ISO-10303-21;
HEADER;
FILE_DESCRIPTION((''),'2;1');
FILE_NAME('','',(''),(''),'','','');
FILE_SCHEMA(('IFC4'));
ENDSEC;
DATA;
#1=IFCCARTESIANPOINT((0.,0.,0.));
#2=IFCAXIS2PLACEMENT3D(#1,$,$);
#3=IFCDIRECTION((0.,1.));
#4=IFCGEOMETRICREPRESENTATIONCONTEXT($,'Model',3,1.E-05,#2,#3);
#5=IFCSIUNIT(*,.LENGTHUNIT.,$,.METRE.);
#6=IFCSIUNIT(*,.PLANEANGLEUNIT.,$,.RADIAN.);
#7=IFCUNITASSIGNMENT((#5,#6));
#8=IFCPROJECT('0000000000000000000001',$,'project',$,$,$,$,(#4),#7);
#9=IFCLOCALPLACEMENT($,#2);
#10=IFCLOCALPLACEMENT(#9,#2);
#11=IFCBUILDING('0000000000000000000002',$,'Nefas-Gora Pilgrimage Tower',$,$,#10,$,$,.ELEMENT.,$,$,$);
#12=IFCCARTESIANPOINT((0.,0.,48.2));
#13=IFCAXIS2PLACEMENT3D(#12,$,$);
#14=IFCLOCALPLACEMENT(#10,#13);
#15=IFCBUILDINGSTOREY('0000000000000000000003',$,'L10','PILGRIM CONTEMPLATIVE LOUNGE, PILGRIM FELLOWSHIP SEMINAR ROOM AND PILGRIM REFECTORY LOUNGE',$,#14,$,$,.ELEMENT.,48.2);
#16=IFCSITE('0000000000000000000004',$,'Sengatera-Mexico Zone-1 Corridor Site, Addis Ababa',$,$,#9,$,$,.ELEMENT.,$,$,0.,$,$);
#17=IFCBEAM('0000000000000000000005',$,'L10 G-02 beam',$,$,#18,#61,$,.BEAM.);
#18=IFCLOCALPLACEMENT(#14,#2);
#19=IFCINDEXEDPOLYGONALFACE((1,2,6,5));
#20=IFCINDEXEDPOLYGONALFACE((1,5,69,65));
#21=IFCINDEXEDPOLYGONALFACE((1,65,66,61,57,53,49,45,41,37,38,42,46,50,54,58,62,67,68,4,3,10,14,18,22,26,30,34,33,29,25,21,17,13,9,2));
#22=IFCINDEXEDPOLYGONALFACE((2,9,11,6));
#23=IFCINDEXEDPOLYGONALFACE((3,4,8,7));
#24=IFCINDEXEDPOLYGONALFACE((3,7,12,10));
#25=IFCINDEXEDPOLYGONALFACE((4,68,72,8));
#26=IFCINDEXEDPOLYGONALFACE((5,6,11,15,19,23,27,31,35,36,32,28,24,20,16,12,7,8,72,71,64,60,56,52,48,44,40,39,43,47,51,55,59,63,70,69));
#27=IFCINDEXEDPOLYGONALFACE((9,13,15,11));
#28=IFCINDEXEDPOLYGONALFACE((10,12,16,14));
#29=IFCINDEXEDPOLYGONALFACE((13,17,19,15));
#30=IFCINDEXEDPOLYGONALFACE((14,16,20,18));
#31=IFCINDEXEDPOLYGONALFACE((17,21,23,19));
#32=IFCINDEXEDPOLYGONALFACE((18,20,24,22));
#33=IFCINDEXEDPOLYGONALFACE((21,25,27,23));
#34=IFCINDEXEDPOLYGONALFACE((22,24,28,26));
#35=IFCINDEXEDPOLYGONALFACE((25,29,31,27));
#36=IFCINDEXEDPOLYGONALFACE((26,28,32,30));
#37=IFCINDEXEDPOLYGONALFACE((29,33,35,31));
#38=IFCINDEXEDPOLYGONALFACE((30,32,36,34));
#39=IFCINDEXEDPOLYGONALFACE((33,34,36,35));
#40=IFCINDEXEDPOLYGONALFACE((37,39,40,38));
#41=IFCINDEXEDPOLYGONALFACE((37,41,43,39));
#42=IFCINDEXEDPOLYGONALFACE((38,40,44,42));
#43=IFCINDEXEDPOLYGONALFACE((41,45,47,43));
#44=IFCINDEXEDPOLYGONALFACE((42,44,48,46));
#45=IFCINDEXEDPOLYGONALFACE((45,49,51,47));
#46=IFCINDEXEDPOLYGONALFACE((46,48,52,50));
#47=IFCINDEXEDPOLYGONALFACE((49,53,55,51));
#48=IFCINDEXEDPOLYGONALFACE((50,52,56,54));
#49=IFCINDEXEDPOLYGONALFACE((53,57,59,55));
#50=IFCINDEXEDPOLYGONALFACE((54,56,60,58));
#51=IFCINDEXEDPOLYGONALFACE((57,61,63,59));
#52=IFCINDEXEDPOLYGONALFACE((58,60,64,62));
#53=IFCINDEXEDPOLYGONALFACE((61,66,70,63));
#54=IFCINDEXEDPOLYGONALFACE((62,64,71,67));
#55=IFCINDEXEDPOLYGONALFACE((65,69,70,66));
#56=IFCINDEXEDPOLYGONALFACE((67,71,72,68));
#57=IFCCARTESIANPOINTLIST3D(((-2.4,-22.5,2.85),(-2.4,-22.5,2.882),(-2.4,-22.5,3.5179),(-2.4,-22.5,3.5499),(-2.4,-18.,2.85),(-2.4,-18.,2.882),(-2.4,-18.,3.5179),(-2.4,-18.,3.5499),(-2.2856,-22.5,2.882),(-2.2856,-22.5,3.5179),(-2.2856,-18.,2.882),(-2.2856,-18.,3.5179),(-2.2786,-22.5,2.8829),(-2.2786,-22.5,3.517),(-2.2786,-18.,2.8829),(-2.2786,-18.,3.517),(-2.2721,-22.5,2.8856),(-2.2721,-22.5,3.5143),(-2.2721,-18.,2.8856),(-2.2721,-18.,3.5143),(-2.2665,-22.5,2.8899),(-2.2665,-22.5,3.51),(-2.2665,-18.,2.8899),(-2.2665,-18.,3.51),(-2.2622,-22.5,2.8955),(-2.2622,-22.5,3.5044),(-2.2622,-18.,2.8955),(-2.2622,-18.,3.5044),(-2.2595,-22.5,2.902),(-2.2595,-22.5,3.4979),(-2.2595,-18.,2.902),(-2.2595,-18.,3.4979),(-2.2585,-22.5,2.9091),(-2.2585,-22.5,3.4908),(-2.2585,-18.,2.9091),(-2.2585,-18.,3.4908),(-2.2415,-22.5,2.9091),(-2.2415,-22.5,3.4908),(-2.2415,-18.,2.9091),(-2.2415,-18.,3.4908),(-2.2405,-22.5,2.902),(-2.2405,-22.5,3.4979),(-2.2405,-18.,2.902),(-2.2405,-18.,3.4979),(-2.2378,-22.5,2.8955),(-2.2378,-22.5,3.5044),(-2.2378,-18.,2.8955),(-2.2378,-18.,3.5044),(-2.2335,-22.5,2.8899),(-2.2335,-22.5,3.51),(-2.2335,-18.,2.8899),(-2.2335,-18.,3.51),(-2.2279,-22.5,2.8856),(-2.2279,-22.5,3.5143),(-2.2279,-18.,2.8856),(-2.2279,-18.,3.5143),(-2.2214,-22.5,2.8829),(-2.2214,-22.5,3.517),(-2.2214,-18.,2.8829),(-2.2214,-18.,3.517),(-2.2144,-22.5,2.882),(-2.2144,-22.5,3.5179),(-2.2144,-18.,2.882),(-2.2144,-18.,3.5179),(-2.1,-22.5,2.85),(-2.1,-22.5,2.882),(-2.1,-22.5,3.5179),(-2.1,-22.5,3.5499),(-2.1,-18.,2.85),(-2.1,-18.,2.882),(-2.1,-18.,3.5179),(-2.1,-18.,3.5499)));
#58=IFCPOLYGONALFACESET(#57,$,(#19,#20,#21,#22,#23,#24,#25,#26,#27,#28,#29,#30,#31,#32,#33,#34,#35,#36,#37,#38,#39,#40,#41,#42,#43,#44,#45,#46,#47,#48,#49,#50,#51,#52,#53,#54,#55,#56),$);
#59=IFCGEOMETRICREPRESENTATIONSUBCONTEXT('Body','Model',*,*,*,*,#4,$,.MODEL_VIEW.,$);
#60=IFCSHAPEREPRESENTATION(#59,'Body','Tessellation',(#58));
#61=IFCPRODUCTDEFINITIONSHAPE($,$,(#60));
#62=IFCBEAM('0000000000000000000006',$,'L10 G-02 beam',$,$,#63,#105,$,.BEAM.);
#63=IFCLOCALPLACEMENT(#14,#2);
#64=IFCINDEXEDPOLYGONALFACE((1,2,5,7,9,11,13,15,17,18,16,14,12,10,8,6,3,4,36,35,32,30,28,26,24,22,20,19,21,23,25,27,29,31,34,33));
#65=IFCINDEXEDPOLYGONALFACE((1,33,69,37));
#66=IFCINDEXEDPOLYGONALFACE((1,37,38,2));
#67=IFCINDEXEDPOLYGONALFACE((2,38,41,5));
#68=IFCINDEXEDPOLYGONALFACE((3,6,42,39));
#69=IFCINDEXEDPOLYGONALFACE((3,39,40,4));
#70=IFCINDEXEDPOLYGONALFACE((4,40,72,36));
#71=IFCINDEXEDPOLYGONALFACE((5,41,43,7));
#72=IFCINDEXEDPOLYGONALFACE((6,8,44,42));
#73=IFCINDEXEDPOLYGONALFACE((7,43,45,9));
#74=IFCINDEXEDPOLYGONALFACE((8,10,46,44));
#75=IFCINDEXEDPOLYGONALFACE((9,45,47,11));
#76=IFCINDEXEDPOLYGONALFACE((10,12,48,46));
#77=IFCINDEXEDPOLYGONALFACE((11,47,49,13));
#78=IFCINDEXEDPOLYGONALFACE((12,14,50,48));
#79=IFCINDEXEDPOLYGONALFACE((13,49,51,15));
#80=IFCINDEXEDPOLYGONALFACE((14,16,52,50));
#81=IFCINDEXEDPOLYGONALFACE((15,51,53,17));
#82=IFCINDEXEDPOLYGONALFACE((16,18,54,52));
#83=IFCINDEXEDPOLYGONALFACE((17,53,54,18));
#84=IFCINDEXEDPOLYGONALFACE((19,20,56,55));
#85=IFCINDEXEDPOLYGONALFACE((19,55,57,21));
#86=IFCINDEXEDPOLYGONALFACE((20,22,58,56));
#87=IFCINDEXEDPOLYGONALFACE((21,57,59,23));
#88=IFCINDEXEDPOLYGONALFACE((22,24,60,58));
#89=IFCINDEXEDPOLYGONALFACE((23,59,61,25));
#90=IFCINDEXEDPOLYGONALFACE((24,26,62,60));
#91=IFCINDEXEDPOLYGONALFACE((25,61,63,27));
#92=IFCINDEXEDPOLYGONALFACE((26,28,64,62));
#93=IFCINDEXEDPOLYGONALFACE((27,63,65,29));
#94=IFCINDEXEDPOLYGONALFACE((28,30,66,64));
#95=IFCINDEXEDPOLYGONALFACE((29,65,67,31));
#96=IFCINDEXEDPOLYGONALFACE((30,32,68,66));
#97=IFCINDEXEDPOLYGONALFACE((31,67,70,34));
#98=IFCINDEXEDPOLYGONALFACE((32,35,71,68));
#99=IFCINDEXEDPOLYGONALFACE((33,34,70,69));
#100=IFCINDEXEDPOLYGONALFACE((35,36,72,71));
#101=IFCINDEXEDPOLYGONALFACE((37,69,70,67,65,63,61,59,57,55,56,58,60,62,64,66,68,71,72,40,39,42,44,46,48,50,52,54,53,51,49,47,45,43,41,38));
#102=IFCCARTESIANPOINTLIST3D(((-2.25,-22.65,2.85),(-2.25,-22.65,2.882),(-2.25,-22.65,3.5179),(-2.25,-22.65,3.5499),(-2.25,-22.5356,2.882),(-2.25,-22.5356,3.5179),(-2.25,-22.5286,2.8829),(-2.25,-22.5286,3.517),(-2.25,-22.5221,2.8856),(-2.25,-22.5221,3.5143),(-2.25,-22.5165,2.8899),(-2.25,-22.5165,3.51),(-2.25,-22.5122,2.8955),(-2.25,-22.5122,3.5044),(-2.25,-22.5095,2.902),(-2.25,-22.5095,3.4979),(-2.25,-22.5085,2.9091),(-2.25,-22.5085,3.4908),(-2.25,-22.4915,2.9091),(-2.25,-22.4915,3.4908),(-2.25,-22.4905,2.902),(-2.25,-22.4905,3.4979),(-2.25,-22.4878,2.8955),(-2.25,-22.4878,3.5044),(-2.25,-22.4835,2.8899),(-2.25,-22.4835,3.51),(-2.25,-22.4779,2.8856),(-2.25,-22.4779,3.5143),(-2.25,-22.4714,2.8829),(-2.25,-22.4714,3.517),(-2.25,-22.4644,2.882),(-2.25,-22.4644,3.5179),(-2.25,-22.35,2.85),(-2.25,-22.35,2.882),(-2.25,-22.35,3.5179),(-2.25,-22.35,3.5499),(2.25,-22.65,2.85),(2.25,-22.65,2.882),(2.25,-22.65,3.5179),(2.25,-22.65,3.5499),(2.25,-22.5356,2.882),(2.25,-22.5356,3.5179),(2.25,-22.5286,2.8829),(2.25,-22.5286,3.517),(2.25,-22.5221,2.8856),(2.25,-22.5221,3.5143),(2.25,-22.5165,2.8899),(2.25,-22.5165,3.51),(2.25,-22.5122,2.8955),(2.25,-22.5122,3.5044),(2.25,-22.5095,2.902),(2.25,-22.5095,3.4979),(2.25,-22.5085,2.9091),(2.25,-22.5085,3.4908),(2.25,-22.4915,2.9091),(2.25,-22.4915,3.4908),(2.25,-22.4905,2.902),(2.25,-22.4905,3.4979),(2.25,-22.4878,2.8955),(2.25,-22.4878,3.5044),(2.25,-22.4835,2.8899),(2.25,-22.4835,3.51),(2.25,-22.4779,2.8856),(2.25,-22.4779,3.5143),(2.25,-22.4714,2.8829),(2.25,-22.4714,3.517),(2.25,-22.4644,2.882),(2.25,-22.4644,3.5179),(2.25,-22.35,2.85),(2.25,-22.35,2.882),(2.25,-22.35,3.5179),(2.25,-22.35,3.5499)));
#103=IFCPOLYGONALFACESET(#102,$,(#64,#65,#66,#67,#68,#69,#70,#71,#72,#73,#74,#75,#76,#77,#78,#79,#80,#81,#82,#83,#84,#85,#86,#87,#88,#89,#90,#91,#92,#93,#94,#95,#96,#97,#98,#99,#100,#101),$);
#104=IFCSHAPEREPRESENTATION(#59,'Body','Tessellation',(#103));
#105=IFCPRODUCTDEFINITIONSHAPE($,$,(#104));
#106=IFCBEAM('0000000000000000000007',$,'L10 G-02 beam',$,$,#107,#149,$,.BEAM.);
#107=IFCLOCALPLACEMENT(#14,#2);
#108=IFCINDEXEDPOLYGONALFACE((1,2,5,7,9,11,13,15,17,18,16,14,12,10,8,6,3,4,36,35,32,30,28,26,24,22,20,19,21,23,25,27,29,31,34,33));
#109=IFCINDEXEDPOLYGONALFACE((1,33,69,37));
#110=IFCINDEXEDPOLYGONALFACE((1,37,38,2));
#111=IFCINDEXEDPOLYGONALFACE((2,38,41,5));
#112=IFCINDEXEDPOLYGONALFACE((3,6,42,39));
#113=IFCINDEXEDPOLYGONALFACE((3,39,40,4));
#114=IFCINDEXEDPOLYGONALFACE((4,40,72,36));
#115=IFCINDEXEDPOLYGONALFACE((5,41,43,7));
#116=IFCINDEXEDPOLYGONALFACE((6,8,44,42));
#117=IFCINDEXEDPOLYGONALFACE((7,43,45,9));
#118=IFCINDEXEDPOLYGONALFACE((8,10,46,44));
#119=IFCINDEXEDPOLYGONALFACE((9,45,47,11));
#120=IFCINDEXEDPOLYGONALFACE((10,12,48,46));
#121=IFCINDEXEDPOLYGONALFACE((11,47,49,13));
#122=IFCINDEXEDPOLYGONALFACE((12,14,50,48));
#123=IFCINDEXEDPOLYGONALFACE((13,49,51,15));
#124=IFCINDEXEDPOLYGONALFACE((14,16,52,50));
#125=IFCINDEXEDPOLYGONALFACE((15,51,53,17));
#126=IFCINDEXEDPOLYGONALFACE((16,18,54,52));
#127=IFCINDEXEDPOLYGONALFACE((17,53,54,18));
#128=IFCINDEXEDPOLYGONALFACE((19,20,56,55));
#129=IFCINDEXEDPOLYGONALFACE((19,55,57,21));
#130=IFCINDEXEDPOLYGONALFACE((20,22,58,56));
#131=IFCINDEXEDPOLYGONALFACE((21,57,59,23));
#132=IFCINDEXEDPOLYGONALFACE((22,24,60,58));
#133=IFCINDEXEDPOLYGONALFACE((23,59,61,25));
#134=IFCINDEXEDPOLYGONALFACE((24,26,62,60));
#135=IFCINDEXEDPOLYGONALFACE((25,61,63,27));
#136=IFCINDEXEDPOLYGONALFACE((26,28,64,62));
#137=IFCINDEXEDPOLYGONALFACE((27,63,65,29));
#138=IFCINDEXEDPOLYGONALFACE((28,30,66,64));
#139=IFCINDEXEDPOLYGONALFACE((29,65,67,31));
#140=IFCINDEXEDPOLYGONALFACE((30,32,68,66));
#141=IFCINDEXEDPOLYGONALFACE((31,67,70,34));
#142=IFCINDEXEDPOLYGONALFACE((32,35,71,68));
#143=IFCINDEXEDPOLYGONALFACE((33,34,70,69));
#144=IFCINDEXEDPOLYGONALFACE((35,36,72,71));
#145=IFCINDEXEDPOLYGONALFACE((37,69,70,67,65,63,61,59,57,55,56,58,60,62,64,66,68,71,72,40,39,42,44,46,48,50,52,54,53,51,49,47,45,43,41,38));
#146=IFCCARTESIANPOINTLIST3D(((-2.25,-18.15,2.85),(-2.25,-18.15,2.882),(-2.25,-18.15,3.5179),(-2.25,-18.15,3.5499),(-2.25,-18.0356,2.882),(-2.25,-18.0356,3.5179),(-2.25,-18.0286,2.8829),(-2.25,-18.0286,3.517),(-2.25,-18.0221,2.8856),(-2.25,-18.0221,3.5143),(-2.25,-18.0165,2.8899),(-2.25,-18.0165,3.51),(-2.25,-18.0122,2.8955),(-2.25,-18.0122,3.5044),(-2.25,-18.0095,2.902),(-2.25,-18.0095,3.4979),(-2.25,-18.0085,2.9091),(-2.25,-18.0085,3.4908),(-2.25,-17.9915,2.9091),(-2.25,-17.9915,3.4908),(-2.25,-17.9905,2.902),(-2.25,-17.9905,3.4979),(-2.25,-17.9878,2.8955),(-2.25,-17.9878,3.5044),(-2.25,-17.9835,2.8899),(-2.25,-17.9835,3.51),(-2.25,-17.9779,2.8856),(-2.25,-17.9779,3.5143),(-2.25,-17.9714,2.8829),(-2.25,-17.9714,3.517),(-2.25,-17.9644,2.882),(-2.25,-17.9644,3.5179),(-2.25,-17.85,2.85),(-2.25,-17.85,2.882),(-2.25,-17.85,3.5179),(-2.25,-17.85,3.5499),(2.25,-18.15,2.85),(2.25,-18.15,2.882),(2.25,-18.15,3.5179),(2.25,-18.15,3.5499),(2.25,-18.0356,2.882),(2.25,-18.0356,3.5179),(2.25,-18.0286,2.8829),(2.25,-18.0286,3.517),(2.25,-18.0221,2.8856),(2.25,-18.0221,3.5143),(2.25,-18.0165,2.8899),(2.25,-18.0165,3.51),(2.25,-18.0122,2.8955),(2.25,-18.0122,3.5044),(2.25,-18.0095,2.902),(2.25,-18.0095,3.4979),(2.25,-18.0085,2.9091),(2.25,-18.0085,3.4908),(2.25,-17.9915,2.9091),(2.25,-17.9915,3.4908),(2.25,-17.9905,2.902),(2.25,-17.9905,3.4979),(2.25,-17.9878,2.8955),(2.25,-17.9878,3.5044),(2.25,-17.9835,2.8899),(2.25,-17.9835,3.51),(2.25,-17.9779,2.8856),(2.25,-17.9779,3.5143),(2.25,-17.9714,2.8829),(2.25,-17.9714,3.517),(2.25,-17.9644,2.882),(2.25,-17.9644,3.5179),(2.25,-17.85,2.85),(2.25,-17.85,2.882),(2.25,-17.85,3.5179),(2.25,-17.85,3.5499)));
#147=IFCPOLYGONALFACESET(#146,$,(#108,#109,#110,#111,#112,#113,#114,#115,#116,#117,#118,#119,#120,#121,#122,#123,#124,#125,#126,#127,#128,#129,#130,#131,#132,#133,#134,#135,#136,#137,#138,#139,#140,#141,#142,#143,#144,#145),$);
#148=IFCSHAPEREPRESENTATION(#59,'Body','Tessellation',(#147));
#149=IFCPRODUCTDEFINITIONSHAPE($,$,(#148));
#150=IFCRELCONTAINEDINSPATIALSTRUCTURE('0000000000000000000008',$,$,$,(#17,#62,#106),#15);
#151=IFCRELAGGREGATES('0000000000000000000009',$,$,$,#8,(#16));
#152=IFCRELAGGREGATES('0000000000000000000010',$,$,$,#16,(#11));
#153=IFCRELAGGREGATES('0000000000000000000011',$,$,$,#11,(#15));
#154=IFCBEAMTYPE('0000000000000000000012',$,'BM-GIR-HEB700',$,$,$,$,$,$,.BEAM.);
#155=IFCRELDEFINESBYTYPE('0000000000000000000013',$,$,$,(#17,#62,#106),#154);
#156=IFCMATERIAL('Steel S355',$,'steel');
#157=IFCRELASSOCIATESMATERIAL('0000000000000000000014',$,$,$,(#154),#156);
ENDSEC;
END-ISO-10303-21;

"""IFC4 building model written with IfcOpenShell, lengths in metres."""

from ifc_helpers import new_model, si_unit, direction, frame, origin, origin_2d, place, context, subcontext, project, spatial, i_section, extrude, source, transform, mapped, material, material_profile, profile_set, type_object, element, save


model = new_model("IFC4")

# Units and contexts
model_context = context("Model", 3, precision=1e-05, world=origin(), true_north=direction((0.0, 1.0)))
body_context = subcontext(model_context, "Body", "Model", "MODEL_VIEW")
ifc_project = project(units=[si_unit("LENGTHUNIT", "METRE"), si_unit("PLANEANGLEUNIT", "RADIAN")], contexts=[model_context])

# Site, building, storey
site_placement = place(None, origin())
site = spatial("IfcSite", under=ifc_project, at=site_placement, Name="Sengatera-Mexico Zone-1 Corridor Site, Addis Ababa", CompositionType="ELEMENT", RefElevation=0.0)
building_placement = place(site_placement, origin())
building = spatial("IfcBuilding", under=site, at=building_placement, Name="Nefas-Gora Pilgrimage Tower", CompositionType="ELEMENT")
storey_placement = place(building_placement, frame((0.0, 0.0, 48.2)))
storey = spatial("IfcBuildingStorey", under=building, at=storey_placement, Name="L10", Description="PILGRIM CONTEMPLATIVE LOUNGE, PILGRIM FELLOWSHIP SEMINAR ROOM AND PILGRIM REFECTORY LOUNGE", CompositionType="ELEMENT", Elevation=48.2)

# Beams
ifc_material_1 = material(Name="Steel S355", Category="steel")
ifc_material_profile_1 = material_profile(ifc_material_1, i_section(OverallWidth=0.3, OverallDepth=0.7, WebThickness=0.0171, FlangeThickness=0.032, FilletRadius=0.0271, at=origin_2d()), Name="HEB 700")
ifc_profile_set_1 = profile_set([ifc_material_profile_1], Name="Steel S355")
beam_type = type_object("IfcBeamType", Name="BM-GIR-HEB700", PredefinedType="BEAM", material=ifc_profile_set_1)
shared_shape_1 = source(origin(), body_context, "Body", "SweptSolid", [
    extrude(i_section(OverallWidth=0.3, OverallDepth=0.7, WebThickness=0.0171, FlangeThickness=0.032, FilletRadius=0.0271, at=origin_2d()), origin(), (0.0, 0.0, 1.0), 4.5),
])
for number, where, z_axis, x_axis, name in (
    (1, (-2.25, -22.5, 3.2), (0.0, 1.0, 0.0), (-1.0, 0.0, 0.0), "L10 G-02 beam"),
    (2, (-2.25, -22.5, 3.2), (1.0, 0.0, 0.0), (0.0, 1.0, 0.0), "L10 G-02 beam"),
    (3, (-2.25, -18.0, 3.2), (1.0, 0.0, 0.0), (0.0, 1.0, 0.0), "L10 G-02 beam"),
):
    element("IfcBeam", number, at=place(storey_placement, frame(where, z_axis=z_axis, x_axis=x_axis)), inside=storey, type_object=beam_type, Name=name, PredefinedType="BEAM", context=body_context, shape_type="MappedRepresentation", body=[
        mapped(shared_shape_1, transform((0.0, 0.0, 0.0), x_axis=(1.0, 0.0, 0.0), y_axis=(0.0, 1.0, 0.0), z_axis=(0.0, 0.0, 1.0), scale=1.0)),
    ])

save(model, "model.ifc")
